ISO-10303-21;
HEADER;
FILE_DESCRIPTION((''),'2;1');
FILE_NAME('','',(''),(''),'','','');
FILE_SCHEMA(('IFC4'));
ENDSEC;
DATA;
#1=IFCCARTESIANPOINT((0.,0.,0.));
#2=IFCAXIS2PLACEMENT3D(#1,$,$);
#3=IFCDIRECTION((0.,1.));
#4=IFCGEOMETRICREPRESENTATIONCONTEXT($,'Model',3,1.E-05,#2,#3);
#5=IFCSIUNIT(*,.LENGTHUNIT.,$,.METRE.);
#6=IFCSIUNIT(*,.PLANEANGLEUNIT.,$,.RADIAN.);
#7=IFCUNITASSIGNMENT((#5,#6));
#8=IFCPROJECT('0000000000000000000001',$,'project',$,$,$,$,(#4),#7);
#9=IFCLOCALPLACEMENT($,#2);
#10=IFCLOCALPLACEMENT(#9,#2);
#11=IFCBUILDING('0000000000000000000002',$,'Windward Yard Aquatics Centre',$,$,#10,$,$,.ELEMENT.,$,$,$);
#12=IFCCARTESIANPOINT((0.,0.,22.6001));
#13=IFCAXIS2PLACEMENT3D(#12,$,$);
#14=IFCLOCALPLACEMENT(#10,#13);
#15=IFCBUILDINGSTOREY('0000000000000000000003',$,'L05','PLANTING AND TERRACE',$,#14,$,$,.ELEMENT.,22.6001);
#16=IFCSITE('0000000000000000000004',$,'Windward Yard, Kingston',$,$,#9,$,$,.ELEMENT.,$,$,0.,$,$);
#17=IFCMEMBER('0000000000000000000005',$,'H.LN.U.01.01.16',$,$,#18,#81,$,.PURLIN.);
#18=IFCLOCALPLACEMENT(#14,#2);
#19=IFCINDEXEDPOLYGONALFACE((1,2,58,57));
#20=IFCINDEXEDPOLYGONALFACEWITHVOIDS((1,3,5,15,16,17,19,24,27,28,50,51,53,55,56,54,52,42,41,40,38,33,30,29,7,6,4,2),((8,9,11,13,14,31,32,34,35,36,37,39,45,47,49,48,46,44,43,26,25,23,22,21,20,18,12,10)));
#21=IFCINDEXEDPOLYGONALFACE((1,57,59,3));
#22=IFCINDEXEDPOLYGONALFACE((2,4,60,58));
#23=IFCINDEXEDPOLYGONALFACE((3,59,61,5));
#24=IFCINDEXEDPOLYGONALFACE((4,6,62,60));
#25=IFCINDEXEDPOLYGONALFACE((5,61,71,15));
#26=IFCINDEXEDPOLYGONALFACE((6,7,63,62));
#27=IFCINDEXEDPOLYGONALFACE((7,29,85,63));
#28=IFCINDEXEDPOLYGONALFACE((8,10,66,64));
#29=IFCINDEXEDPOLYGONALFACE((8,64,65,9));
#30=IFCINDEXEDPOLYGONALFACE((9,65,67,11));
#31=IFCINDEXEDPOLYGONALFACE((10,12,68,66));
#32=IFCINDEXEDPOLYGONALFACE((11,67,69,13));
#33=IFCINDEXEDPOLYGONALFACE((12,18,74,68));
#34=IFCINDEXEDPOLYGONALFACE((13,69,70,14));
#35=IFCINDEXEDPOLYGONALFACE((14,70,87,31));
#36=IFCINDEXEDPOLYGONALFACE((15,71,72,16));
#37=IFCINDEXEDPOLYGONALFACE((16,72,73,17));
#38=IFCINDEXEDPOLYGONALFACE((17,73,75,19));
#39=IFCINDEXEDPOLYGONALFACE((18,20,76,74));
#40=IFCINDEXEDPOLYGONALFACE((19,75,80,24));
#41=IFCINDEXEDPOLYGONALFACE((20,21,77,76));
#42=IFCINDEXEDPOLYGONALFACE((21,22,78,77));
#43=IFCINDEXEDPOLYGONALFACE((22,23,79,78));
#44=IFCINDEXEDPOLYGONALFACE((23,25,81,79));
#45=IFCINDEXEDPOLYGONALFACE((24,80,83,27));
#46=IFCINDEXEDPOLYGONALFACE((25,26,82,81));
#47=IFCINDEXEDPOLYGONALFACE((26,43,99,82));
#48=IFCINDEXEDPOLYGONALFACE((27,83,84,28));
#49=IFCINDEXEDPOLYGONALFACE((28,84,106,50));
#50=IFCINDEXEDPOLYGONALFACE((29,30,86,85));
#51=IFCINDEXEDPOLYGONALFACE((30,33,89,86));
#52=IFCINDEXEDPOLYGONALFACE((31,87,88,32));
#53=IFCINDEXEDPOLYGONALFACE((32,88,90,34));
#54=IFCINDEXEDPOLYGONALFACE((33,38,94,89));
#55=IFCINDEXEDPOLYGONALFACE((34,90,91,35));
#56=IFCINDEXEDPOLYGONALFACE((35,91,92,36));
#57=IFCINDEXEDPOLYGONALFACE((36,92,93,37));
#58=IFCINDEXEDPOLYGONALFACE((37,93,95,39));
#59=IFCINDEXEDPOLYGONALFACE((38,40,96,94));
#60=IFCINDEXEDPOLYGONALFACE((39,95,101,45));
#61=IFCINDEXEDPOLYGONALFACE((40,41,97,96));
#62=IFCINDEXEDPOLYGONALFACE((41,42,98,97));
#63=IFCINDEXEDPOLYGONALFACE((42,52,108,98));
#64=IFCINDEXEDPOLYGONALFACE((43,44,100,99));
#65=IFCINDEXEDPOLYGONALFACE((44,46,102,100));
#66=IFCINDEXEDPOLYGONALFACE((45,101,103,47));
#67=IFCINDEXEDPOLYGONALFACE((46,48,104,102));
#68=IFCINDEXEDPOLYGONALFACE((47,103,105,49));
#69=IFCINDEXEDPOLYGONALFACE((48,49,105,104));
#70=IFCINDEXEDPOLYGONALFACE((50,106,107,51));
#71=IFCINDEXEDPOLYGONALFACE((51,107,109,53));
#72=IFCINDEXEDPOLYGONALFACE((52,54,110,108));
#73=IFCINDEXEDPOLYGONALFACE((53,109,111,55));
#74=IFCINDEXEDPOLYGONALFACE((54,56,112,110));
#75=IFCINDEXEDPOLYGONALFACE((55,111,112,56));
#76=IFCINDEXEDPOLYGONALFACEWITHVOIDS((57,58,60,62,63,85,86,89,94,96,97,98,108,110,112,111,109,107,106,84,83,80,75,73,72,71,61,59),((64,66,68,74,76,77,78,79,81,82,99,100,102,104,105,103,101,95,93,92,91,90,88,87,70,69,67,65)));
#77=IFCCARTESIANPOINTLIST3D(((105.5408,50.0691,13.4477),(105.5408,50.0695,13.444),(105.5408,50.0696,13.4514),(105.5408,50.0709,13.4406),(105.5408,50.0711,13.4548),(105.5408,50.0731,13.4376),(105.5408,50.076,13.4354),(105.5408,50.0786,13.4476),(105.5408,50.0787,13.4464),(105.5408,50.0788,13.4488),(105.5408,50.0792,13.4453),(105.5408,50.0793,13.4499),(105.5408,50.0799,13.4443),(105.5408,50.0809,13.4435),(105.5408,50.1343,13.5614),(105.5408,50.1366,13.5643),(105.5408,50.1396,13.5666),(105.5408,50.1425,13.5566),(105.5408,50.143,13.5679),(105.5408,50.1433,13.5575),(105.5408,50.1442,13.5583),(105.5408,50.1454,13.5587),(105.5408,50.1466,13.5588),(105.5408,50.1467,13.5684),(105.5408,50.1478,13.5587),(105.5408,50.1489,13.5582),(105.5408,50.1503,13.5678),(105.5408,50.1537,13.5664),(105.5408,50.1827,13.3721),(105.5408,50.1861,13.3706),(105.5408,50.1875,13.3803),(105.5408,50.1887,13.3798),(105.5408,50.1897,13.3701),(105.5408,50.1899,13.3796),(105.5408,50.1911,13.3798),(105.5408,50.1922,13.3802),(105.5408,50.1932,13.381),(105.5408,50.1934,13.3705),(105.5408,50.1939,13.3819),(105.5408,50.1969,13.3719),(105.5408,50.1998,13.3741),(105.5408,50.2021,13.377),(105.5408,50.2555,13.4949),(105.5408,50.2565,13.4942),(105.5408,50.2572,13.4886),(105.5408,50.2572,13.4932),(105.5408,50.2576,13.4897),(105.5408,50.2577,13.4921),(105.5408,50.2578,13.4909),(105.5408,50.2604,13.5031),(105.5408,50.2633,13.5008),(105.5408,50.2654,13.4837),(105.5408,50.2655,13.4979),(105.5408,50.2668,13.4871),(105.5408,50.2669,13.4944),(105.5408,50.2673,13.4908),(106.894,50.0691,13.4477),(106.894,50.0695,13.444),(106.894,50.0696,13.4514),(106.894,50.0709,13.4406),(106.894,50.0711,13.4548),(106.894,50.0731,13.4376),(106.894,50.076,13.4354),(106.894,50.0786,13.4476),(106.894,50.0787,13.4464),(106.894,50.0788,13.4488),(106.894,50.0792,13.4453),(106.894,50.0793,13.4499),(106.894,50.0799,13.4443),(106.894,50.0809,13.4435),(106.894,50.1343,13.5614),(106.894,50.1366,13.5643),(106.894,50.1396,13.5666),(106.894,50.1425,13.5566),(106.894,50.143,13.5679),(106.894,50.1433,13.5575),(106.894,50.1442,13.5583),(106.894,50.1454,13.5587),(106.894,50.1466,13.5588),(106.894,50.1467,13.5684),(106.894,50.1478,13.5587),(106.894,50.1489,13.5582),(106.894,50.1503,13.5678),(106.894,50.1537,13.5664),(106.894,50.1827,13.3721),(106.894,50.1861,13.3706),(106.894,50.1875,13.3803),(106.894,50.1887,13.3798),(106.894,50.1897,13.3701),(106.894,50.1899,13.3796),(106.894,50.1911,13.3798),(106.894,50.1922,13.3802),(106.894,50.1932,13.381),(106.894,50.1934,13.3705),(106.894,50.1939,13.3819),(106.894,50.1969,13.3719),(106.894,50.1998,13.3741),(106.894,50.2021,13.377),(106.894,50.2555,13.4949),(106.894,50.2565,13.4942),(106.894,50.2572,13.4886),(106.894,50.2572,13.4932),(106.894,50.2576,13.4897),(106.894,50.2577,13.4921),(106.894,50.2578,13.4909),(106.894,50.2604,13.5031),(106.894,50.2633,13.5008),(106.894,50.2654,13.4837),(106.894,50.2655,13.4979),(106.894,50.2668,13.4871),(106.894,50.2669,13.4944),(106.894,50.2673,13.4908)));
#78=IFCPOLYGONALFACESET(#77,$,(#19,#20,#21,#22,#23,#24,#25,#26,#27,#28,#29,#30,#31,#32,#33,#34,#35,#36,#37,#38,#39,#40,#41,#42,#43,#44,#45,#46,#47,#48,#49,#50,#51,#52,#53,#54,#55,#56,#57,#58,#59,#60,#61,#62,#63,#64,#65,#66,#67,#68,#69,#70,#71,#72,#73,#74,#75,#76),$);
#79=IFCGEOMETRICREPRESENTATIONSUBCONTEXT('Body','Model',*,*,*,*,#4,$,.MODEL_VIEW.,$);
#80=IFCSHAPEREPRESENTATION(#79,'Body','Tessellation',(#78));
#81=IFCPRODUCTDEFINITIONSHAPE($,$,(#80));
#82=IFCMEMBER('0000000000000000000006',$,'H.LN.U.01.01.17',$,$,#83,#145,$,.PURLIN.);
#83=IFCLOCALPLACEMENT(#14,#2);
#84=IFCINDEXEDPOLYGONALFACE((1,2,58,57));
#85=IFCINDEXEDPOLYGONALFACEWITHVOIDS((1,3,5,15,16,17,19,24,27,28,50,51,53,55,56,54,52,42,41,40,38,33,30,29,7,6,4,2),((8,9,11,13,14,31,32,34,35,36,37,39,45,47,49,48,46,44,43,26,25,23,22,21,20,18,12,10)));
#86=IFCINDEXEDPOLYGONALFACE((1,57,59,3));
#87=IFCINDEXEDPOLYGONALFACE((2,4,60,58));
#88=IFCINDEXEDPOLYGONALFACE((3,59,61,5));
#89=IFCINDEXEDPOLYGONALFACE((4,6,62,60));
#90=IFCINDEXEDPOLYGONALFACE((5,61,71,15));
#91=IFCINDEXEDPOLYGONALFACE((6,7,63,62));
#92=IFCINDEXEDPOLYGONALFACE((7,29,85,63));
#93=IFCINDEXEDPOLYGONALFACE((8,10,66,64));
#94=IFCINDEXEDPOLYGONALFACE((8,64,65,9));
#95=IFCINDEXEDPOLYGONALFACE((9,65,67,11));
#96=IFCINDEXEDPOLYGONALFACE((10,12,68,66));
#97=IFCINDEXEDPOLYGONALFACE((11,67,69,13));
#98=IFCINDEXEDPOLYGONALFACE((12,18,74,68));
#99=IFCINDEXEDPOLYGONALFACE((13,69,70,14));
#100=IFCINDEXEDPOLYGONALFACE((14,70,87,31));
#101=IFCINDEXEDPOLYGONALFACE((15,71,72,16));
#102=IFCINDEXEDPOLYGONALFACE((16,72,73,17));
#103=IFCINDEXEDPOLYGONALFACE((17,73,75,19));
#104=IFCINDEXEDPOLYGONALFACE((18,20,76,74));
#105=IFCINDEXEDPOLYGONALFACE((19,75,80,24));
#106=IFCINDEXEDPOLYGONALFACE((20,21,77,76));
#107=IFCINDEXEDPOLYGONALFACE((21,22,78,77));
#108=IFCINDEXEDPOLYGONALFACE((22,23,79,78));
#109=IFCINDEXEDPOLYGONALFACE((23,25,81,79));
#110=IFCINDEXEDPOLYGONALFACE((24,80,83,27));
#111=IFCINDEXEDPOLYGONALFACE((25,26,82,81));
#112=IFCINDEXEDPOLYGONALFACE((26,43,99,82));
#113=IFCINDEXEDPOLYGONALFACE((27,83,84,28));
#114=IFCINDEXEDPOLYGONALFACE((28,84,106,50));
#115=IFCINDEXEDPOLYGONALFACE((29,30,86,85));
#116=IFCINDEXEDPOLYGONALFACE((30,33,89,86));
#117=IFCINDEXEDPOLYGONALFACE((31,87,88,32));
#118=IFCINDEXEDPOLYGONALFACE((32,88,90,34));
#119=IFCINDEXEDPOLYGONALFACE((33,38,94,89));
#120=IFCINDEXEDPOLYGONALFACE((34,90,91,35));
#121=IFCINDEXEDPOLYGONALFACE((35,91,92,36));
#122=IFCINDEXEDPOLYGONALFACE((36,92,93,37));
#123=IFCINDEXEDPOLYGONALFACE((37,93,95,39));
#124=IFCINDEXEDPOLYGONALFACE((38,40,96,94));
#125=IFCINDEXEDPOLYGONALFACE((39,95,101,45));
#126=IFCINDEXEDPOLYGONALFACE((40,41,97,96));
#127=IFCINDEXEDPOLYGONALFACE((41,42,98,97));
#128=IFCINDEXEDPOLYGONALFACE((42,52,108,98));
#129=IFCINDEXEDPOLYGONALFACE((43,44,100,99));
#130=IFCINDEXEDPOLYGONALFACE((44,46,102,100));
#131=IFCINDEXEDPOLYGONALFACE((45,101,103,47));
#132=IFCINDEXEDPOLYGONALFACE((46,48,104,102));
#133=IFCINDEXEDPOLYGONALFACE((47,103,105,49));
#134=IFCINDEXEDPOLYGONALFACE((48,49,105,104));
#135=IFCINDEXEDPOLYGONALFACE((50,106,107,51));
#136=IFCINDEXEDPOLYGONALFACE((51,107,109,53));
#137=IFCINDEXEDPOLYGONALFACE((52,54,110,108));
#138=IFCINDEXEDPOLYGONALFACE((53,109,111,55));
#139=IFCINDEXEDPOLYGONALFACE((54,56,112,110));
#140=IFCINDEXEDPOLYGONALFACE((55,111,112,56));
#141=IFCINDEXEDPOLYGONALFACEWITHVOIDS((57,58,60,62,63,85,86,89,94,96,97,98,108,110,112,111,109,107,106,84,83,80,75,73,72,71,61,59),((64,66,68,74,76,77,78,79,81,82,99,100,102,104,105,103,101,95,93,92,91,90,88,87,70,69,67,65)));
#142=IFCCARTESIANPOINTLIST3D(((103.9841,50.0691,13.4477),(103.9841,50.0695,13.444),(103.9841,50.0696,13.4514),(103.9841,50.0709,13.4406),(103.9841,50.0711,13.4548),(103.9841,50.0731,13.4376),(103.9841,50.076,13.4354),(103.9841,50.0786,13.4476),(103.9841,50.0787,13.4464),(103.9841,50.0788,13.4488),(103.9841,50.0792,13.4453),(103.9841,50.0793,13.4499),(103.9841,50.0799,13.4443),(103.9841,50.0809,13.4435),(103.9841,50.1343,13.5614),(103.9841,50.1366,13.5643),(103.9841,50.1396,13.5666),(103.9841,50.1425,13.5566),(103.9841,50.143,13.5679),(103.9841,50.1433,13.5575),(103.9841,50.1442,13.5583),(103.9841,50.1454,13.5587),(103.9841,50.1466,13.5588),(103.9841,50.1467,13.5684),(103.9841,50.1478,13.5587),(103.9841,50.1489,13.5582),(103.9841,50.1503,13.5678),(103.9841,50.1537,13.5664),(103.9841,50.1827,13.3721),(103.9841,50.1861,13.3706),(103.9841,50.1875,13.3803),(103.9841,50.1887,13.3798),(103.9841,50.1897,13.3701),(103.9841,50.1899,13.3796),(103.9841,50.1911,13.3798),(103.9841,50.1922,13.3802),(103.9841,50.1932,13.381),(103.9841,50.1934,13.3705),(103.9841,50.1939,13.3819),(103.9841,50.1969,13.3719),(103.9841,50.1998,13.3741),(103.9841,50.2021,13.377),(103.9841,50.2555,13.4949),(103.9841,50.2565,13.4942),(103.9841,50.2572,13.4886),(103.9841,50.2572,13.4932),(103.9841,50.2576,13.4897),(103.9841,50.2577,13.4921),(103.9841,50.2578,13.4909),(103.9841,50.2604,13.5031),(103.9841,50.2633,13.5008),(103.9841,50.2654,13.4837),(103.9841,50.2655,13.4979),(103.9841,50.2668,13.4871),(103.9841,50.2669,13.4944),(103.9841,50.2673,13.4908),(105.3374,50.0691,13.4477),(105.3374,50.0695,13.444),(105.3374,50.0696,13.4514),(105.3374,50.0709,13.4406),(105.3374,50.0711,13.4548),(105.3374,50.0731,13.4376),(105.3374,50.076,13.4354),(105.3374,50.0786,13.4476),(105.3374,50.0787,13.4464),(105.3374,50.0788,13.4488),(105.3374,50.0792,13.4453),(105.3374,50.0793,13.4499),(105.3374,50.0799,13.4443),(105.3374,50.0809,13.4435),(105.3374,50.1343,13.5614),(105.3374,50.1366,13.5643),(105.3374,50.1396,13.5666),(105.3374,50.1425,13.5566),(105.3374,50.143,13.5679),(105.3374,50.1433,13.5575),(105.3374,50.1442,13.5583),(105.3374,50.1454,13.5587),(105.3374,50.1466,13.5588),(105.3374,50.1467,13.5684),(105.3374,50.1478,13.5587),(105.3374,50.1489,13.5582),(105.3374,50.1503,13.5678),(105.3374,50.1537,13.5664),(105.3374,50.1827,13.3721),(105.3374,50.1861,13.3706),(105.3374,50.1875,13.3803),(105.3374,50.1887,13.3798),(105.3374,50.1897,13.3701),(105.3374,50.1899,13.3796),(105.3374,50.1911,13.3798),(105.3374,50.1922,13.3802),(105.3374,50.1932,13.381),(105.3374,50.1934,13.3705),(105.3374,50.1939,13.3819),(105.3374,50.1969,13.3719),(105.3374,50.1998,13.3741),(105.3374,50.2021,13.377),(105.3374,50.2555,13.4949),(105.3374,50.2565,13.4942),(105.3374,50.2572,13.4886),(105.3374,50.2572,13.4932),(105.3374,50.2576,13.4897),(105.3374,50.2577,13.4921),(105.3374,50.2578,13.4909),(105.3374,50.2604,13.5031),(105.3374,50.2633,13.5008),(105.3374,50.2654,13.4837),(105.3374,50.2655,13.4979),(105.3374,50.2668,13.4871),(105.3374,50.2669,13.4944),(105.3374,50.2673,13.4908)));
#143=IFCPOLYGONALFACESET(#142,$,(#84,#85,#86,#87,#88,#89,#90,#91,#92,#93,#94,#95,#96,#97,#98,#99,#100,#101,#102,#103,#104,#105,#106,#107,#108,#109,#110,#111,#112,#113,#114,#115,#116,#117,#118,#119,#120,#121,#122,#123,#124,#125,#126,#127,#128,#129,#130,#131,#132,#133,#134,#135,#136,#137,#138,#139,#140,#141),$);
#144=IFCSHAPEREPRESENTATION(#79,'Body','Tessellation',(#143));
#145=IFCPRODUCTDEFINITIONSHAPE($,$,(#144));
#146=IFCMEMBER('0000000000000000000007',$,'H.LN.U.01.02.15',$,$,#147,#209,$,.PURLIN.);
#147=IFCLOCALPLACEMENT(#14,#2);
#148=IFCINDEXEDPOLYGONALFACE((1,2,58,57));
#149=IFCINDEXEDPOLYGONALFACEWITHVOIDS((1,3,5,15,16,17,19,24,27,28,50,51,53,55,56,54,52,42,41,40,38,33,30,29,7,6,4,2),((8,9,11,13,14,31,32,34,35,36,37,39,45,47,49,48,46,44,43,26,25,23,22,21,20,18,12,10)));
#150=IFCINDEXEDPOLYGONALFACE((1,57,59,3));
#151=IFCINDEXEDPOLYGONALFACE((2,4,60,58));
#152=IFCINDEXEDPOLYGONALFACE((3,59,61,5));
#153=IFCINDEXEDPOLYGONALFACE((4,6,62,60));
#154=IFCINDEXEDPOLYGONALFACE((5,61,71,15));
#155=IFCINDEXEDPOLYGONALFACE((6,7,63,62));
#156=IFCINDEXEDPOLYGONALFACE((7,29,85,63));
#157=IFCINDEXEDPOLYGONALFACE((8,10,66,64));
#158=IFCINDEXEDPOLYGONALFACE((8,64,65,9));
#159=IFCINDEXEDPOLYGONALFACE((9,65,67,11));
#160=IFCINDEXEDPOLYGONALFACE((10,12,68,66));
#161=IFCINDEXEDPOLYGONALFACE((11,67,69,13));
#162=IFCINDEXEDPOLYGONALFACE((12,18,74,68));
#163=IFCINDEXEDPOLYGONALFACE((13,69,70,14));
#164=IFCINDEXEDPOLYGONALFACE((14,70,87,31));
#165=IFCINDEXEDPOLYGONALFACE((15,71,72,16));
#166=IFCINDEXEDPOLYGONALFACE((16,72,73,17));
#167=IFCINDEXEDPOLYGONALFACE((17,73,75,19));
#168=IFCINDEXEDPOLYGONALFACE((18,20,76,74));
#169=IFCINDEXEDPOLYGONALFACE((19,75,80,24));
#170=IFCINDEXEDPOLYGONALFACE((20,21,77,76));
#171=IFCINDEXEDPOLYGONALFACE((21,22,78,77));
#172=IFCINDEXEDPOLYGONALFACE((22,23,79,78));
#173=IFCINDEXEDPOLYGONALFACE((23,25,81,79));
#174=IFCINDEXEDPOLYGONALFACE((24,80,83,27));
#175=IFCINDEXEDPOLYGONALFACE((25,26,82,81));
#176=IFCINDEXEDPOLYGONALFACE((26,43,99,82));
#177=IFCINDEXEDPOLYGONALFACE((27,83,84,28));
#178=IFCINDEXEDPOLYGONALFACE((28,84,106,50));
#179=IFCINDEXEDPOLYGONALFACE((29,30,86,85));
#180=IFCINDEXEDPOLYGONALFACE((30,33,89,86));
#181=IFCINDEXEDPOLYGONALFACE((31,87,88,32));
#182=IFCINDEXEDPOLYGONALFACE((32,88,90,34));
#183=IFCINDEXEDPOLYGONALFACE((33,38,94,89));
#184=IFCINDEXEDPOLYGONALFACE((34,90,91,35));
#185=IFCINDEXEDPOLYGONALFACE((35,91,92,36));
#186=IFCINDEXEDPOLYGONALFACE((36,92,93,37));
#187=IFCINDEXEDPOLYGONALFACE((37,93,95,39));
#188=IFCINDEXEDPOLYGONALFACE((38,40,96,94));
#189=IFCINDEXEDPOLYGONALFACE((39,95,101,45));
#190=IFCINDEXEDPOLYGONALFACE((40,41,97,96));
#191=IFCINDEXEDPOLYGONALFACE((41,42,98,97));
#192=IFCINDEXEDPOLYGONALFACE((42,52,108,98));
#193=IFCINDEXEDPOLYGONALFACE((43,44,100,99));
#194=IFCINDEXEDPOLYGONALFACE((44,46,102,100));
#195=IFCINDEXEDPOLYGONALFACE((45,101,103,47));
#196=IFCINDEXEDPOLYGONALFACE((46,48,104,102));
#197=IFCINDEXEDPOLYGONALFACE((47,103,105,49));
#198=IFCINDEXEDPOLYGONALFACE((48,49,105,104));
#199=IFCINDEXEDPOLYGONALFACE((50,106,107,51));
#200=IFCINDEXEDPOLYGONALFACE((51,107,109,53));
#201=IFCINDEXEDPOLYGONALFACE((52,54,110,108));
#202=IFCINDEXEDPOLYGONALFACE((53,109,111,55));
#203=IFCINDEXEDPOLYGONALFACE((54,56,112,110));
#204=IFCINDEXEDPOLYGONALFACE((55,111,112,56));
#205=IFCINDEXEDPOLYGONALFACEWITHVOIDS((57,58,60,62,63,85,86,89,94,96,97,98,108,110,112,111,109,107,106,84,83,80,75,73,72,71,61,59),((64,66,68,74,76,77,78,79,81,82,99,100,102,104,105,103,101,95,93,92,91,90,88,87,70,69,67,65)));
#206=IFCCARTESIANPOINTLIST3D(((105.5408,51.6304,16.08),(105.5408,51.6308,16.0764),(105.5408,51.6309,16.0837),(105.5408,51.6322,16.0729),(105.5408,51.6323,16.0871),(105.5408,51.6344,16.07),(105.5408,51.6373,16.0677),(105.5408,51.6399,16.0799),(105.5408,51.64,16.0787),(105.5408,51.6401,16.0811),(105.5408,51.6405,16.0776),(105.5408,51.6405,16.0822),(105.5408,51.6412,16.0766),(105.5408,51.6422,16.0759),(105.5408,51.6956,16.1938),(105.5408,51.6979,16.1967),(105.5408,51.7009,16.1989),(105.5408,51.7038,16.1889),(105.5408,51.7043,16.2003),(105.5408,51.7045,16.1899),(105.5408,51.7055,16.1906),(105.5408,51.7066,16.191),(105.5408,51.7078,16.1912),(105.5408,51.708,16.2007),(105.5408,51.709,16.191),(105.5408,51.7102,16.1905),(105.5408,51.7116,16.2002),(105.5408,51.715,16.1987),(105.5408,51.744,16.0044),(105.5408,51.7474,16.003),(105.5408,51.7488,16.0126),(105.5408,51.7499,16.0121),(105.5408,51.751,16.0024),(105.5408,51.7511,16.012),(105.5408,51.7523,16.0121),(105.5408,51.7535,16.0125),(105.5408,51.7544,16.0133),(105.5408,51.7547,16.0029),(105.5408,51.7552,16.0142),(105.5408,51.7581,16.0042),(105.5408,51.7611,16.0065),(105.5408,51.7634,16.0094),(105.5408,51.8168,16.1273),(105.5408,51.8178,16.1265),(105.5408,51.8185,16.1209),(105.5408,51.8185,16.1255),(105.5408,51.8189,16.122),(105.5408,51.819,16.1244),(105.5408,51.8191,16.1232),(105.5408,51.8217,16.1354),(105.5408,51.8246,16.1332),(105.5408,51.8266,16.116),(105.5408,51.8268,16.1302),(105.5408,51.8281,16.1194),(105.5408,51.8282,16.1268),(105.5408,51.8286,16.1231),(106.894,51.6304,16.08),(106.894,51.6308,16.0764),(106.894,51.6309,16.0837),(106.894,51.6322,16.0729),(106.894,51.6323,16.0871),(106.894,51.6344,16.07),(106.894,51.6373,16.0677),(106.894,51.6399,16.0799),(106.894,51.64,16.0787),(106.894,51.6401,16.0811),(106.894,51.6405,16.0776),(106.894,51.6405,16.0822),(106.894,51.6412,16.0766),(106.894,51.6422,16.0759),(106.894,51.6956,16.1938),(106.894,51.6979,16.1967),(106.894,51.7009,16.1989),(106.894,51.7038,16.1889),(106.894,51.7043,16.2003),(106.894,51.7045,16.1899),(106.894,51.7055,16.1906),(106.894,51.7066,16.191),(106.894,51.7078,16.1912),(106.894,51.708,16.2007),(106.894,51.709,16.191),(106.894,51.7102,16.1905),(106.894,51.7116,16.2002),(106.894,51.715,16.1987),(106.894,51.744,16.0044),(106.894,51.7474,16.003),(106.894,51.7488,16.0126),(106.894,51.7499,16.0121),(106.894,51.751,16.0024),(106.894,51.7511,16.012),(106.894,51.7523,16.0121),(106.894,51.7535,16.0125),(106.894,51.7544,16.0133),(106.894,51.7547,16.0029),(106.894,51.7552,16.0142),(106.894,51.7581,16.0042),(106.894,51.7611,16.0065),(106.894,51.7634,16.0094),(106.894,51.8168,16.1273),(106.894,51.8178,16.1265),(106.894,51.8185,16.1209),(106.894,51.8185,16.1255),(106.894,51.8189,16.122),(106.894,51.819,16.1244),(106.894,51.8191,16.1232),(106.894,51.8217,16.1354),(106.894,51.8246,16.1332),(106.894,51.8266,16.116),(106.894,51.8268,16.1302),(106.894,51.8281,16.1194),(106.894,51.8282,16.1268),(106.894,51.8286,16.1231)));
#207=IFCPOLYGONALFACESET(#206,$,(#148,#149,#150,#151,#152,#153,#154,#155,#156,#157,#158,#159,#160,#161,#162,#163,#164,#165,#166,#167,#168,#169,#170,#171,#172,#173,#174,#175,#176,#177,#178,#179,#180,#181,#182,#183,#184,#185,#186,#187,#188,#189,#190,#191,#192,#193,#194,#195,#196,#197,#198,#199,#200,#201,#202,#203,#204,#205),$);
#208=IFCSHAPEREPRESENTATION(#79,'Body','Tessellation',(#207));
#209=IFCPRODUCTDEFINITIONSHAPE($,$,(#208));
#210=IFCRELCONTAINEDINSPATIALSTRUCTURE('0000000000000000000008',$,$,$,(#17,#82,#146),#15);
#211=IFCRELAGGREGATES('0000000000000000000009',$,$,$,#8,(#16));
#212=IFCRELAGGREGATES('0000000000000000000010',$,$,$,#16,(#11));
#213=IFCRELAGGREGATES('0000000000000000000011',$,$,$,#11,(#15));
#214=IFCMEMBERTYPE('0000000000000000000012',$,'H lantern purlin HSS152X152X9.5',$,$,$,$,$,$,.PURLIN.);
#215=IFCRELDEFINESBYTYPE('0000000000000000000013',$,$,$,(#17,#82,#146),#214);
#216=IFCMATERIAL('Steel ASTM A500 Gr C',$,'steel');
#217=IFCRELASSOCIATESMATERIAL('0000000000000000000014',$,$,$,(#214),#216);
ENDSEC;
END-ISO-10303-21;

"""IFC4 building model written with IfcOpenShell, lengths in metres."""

from ifc_helpers import new_model, si_unit, direction, frame, origin, origin_2d, place, context, subcontext, project, spatial, hollow_rectangle, extrude, material, material_profile, profile_set, type_object, element, save


model = new_model("IFC4")

# Units and contexts
model_context = context("Model", 3, precision=1e-05, world=origin(), true_north=direction((0.0, 1.0)))
body_context = subcontext(model_context, "Body", "Model", "MODEL_VIEW")
ifc_project = project(units=[si_unit("LENGTHUNIT", "METRE"), si_unit("PLANEANGLEUNIT", "RADIAN")], contexts=[model_context])

# Site, building, storey
site_placement = place(None, origin())
site = spatial("IfcSite", under=ifc_project, at=site_placement, Name="Windward Yard, Kingston", CompositionType="ELEMENT", RefElevation=0.0)
building_placement = place(site_placement, origin())
building = spatial("IfcBuilding", under=site, at=building_placement, Name="Windward Yard Aquatics Centre", CompositionType="ELEMENT")
storey_placement = place(building_placement, frame((0.0, 0.0, 22.6001)))
storey = spatial("IfcBuildingStorey", under=building, at=storey_placement, Name="L05", Description="PLANTING AND TERRACE", CompositionType="ELEMENT", Elevation=22.6001)

# Members
ifc_material_1 = material(Name="Steel ASTM A500 Gr C", Category="steel")
ifc_material_profile = material_profile(ifc_material_1, hollow_rectangle(XDim=0.1523, YDim=0.1523, WallThickness=0.0095, InnerFilletRadius=0.0046, OuterFilletRadius=0.0142, at=origin_2d()), Name="HSS152X152X9.5")
ifc_profile_set = profile_set([ifc_material_profile], Name="Steel ASTM A500 Gr C")
member_type = type_object("IfcMemberType", Name="H lantern purlin HSS152X152X9.5", PredefinedType="PURLIN", material=ifc_profile_set)
for number, where, z_axis, x_axis, name in (
    (1, (106.894, 50.1682, 13.4692), (-1.0, 0.0, 0.0), (0.0, -0.51012, -0.860103), "H.LN.U.01.01.16"),
    (2, (105.3374, 50.1682, 13.4692), (-1.0, 0.0, 0.0), (0.0, -0.51012, -0.860103), "H.LN.U.01.01.17"),
    (3, (106.894, 51.7295, 16.1016), (-1.0, 0.0, 0.0), (0.0, -0.51012, -0.860103), "H.LN.U.01.02.15"),
):
    element("IfcMember", number, at=place(storey_placement, frame(where, z_axis=z_axis, x_axis=x_axis)), inside=storey, type_object=member_type, Name=name, PredefinedType="PURLIN", context=body_context, shape_type="SweptSolid", body=[
        extrude(hollow_rectangle(XDim=0.1523, YDim=0.1523, WallThickness=0.0095, InnerFilletRadius=0.0046, OuterFilletRadius=0.0142, at=origin_2d()), origin(), (0.0, 0.0, 1.0), 1.3533),
    ])

save(model, "model.ifc")
